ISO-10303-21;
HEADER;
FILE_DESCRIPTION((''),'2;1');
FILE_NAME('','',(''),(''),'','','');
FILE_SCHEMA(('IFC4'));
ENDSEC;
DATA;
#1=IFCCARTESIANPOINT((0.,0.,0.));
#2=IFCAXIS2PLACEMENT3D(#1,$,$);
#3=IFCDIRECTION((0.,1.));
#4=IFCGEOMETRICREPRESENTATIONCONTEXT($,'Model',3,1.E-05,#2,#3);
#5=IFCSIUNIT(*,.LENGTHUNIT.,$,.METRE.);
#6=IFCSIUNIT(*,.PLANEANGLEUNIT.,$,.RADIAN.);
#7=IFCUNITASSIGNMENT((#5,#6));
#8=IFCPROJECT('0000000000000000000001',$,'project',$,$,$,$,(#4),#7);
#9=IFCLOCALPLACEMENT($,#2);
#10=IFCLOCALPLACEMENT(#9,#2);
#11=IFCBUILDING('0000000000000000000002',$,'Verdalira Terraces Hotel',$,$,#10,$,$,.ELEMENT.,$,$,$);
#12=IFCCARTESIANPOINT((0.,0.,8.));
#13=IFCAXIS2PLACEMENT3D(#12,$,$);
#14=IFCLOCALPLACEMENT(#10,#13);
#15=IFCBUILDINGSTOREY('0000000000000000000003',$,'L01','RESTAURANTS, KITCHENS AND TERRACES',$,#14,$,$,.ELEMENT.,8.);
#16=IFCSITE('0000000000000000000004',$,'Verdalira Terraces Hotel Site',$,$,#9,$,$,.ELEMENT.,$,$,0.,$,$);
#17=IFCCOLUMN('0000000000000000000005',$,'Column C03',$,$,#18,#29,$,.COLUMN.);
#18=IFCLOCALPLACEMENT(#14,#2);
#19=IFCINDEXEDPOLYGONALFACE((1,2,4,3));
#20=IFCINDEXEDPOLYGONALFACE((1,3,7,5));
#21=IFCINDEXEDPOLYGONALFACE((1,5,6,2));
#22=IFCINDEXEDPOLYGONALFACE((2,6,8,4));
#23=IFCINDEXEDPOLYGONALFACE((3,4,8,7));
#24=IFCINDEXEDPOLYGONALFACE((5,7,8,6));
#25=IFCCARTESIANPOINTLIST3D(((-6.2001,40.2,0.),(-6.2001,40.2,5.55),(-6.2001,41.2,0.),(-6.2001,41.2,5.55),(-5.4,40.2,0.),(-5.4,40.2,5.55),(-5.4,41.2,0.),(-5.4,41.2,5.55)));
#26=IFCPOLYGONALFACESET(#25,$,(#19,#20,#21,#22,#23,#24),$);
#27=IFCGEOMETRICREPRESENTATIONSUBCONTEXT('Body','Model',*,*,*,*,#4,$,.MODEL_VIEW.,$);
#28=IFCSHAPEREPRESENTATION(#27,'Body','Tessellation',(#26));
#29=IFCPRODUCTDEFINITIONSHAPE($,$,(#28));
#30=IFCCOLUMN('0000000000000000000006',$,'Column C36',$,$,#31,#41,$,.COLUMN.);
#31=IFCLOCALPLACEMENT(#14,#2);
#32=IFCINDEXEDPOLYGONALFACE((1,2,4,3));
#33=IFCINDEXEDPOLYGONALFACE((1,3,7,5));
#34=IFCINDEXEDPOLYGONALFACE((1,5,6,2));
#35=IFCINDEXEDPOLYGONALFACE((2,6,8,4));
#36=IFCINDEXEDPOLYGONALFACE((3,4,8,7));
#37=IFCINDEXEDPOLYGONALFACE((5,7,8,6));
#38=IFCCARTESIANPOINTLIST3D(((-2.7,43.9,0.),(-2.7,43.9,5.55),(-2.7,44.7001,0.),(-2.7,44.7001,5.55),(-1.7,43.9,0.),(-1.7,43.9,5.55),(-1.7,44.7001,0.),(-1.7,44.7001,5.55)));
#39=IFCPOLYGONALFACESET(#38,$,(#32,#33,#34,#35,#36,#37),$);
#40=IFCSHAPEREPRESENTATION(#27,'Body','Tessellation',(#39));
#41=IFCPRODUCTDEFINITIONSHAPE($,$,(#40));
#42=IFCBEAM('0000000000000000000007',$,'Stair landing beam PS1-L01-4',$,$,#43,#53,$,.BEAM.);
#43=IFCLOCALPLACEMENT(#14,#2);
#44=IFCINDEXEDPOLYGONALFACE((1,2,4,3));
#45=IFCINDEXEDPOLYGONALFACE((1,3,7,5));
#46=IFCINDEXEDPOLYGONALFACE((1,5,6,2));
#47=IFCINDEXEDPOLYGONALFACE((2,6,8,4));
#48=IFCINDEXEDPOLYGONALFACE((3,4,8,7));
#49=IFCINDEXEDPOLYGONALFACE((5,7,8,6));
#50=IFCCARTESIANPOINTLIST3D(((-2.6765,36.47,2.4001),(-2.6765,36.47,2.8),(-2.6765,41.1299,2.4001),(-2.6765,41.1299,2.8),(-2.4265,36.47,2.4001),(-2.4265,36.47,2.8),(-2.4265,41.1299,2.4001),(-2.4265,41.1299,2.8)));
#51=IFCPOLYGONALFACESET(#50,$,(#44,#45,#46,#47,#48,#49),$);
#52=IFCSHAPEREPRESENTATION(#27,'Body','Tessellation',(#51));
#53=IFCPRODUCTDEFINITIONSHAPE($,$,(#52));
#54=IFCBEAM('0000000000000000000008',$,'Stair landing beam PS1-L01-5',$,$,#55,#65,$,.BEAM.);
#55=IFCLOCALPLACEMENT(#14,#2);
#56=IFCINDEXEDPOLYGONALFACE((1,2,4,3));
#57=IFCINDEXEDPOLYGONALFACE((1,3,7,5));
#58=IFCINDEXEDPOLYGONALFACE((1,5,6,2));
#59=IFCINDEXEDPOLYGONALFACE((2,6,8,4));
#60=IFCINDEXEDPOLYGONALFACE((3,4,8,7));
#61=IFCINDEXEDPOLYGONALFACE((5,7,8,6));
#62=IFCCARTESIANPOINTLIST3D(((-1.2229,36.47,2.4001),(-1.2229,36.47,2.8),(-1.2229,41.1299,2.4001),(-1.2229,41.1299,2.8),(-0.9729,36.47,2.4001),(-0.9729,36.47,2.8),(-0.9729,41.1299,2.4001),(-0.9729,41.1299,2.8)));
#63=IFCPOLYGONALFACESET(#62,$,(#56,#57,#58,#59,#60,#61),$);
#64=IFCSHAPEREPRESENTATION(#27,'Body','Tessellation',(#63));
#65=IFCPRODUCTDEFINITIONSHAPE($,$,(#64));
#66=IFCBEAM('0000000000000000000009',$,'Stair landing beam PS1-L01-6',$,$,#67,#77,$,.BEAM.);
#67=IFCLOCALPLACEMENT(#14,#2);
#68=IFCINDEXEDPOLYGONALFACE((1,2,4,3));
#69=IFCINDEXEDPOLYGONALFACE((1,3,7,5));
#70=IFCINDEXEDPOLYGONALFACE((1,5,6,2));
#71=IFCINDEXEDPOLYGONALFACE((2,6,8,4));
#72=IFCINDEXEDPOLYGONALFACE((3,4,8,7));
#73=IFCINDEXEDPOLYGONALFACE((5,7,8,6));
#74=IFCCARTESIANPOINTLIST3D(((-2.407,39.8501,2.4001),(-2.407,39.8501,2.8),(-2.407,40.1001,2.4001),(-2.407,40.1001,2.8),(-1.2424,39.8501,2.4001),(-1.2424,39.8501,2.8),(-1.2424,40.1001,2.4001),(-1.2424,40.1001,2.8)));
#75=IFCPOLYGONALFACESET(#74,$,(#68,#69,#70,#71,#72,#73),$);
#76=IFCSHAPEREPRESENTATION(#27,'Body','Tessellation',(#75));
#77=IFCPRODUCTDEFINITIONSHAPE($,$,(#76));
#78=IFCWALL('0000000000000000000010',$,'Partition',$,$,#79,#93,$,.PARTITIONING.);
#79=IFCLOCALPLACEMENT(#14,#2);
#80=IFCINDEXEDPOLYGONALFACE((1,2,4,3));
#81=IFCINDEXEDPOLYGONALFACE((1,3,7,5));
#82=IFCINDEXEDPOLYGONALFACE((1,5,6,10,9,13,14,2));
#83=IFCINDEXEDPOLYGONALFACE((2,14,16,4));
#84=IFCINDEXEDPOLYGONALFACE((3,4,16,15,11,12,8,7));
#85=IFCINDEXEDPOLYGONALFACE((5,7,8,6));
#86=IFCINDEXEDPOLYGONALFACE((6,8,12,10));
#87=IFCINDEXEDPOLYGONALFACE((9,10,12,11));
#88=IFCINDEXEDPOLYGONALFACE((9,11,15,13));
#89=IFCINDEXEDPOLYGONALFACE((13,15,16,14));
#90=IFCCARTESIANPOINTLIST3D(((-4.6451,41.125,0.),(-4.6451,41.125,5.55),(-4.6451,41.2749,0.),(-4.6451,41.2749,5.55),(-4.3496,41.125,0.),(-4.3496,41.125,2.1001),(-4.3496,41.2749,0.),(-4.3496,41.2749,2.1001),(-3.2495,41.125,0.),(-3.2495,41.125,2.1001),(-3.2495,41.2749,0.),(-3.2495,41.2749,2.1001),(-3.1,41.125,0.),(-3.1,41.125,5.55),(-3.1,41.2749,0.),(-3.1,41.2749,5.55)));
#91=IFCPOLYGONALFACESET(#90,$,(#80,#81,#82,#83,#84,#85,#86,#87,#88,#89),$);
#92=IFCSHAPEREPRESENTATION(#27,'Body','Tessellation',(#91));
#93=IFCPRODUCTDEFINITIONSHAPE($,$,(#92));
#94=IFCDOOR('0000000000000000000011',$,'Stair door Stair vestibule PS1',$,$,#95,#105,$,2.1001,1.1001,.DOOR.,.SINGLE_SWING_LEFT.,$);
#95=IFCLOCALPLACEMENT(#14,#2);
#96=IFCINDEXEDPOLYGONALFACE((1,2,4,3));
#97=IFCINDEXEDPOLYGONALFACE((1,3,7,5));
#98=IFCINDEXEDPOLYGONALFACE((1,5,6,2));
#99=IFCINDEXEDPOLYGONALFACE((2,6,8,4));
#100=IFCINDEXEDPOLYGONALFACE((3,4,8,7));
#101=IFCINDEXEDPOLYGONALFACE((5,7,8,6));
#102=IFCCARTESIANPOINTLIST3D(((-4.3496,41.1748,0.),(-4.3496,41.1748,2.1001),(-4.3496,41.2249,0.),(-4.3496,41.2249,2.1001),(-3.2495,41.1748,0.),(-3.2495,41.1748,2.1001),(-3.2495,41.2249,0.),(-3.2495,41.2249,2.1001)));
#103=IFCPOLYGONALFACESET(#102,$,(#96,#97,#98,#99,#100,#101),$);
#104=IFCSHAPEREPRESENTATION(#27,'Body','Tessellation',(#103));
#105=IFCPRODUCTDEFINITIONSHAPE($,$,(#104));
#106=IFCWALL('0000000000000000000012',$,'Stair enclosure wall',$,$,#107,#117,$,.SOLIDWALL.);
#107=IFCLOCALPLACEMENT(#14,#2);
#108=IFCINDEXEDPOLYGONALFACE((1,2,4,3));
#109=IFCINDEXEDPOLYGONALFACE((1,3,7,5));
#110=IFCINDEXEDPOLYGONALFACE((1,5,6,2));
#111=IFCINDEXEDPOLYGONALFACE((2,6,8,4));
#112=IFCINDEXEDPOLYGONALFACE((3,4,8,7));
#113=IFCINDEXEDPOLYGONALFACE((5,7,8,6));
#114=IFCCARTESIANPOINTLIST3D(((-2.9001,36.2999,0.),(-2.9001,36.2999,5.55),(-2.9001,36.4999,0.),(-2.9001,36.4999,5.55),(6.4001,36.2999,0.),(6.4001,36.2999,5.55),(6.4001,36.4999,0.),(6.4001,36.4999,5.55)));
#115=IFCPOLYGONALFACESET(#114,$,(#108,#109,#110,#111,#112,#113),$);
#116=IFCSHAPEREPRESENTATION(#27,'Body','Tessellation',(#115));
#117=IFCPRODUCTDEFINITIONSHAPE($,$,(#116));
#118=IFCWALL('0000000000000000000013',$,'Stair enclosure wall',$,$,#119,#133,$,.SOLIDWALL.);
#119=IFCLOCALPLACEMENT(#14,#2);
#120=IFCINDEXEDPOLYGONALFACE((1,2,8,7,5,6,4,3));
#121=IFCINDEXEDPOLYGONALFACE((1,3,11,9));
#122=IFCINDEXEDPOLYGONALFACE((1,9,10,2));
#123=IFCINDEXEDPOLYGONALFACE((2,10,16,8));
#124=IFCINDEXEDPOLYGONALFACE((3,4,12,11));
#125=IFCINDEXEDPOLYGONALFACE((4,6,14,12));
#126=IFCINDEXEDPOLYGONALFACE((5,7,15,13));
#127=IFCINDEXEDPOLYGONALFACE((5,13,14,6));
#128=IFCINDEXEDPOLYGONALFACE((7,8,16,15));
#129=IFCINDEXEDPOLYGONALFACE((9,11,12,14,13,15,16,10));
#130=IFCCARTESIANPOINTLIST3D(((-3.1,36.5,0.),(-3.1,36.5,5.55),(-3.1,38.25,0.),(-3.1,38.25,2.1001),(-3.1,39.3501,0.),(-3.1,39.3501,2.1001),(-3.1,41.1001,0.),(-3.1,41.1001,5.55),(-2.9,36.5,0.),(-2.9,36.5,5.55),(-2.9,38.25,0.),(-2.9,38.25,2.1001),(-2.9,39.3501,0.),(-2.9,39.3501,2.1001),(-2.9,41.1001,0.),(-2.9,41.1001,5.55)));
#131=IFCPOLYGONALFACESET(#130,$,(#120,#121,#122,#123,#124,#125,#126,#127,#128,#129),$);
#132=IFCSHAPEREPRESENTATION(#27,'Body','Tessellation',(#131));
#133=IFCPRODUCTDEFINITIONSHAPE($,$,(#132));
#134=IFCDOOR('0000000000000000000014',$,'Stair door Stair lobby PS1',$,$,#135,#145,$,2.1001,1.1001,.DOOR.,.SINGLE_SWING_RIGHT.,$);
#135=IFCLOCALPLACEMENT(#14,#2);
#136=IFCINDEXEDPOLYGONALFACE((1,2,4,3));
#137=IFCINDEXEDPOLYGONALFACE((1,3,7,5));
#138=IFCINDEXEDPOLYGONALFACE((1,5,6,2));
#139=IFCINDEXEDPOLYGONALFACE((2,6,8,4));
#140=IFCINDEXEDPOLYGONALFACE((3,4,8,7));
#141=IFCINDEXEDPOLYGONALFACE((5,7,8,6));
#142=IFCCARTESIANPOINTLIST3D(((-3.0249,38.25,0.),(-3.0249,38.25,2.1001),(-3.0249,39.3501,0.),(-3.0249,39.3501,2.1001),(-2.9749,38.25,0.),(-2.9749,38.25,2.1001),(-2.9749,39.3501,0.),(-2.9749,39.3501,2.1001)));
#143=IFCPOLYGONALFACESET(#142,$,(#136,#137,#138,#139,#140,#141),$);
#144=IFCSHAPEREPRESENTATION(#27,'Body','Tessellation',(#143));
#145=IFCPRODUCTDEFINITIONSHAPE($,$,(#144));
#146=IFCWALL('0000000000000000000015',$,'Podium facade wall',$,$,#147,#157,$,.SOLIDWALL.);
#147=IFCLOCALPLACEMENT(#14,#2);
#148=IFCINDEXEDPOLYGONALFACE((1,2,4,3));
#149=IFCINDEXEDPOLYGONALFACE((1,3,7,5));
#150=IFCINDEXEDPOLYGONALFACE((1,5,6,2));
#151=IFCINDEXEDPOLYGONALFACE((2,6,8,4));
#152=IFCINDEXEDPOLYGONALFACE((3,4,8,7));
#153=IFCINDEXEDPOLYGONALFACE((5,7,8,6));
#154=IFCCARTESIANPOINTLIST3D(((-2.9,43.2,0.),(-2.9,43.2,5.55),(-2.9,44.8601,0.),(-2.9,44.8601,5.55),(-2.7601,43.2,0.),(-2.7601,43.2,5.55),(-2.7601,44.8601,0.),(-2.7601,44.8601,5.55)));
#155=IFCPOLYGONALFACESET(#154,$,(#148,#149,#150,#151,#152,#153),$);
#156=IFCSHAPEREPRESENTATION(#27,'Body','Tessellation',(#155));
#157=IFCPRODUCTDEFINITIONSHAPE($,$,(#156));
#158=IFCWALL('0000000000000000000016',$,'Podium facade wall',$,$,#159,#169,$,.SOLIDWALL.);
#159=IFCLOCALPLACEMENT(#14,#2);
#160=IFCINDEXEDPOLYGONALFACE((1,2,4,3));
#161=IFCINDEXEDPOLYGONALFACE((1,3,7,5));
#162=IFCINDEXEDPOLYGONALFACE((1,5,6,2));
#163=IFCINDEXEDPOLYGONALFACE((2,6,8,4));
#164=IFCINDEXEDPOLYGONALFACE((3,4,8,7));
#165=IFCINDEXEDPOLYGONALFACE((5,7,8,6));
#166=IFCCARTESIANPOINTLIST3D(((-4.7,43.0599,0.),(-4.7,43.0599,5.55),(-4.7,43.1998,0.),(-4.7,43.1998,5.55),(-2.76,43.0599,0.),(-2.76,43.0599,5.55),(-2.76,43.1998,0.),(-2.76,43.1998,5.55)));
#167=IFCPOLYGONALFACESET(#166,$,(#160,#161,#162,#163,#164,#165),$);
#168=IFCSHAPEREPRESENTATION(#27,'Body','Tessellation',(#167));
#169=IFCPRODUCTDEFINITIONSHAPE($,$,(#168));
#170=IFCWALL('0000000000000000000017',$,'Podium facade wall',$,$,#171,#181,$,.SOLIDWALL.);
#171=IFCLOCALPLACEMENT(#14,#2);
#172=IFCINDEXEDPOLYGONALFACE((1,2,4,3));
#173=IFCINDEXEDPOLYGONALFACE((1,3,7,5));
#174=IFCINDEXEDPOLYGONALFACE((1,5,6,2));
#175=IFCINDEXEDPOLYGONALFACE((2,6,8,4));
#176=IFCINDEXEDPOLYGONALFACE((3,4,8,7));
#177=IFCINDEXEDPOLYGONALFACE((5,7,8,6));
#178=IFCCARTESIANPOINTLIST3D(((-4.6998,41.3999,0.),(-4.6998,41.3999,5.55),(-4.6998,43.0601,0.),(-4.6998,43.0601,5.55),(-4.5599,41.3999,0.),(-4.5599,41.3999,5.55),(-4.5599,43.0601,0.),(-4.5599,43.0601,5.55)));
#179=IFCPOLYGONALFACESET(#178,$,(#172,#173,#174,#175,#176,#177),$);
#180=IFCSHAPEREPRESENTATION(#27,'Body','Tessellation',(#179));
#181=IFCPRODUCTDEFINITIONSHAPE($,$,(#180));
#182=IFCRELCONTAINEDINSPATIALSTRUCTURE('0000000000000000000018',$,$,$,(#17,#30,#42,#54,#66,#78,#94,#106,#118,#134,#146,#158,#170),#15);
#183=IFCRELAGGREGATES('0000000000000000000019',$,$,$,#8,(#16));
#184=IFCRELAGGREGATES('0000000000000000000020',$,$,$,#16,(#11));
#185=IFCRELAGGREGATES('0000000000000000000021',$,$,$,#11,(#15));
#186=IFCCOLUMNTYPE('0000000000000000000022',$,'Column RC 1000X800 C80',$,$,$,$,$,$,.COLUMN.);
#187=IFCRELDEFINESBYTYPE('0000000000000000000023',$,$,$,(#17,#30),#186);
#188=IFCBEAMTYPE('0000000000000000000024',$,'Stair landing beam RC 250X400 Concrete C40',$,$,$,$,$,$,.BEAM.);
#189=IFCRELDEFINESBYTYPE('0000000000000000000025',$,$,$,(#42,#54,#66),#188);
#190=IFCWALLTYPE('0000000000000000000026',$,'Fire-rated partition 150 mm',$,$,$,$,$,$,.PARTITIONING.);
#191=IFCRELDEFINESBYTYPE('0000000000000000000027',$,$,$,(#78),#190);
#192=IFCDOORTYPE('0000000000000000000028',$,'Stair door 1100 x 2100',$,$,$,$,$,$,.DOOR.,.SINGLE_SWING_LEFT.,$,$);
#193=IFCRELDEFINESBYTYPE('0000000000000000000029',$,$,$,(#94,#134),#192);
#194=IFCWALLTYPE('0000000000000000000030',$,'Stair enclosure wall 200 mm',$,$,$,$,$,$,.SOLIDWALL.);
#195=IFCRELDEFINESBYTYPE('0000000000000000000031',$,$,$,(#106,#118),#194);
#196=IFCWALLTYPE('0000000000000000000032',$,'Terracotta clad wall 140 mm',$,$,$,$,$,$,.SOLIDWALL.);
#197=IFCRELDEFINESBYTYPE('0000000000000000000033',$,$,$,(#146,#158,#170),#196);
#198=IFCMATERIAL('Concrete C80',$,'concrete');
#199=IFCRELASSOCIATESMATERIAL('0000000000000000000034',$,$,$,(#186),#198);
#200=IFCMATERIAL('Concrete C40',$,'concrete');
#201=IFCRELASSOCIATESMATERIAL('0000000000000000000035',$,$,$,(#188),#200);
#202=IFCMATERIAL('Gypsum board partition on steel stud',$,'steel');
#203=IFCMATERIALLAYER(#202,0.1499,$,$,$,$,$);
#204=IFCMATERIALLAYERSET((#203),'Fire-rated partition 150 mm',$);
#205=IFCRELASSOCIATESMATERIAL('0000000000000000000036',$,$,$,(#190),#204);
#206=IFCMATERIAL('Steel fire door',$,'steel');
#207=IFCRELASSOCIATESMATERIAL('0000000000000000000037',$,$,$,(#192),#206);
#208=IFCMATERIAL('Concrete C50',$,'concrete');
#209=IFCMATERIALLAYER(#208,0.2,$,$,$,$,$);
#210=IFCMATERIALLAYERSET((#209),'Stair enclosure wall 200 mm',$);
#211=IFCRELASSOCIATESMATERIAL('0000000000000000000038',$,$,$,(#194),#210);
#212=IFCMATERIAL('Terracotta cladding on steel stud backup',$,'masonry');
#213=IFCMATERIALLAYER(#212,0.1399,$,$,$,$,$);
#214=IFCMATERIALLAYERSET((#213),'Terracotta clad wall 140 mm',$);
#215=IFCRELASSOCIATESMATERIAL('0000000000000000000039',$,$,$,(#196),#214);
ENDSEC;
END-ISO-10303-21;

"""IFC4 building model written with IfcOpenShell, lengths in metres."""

from ifc_helpers import new_model, si_unit, direction, frame, frame_2d, origin, origin_2d, place, context, subcontext, project, spatial, rectangle, extrude, material, layer, layer_set, material_profile, profile_set, type_object, element, fill, save


model = new_model("IFC4")

# Units and contexts
model_context = context("Model", 3, precision=1e-05, world=origin(), true_north=direction((0.0, 1.0)))
body_context = subcontext(model_context, "Body", "Model", "MODEL_VIEW")
ifc_project = project(units=[si_unit("LENGTHUNIT", "METRE"), si_unit("PLANEANGLEUNIT", "RADIAN")], contexts=[model_context])

# Site, building, storey
site_placement = place(None, origin())
site = spatial("IfcSite", under=ifc_project, at=site_placement, Name="Verdalira Terraces Hotel Site", CompositionType="ELEMENT", RefElevation=0.0)
building_placement = place(site_placement, origin())
building = spatial("IfcBuilding", under=site, at=building_placement, Name="Verdalira Terraces Hotel", CompositionType="ELEMENT")
storey_placement = place(building_placement, frame((0.0, 0.0, 8.0)))
storey = spatial("IfcBuildingStorey", under=building, at=storey_placement, Name="L01", Description="RESTAURANTS, KITCHENS AND TERRACES", CompositionType="ELEMENT", Elevation=8.0)

# Columns
ifc_material_1 = material(Name="Concrete C80", Category="concrete")
ifc_material_profile_1 = material_profile(ifc_material_1, rectangle(XDim=1.0, YDim=0.8, at=origin_2d()), Name="RC 1000X800")
ifc_profile_set_1 = profile_set([ifc_material_profile_1], Name="Concrete C80")
column_type = type_object("IfcColumnType", Name="Column RC 1000X800 C80", PredefinedType="COLUMN", material=ifc_profile_set_1)
for number, where, z_axis, x_axis, name in (
    (1, (-5.8, 40.7, 0.0), (0.0, 0.0, 1.0), (0.0, -1.0, 0.0), "Column C03"),
    (2, (-2.2, 44.3, 0.0), (0.0, 0.0, 1.0), (-1.0, 0.0, 0.0), "Column C36"),
):
    element("IfcColumn", number, at=place(storey_placement, frame(where, z_axis=z_axis, x_axis=x_axis)), inside=storey, type_object=column_type, Name=name, PredefinedType="COLUMN", context=body_context, shape_type="SweptSolid", body=[
        extrude(rectangle(XDim=1.0, YDim=0.8, at=origin_2d()), origin(), (0.0, 0.0, 1.0), 5.55),
    ])

# Beams
ifc_material_2 = material(Name="Concrete C40", Category="concrete")
ifc_material_profile_2 = material_profile(ifc_material_2, rectangle(XDim=0.25, YDim=0.3999, at=origin_2d()), Name="RC 250X400")
ifc_profile_set_2 = profile_set([ifc_material_profile_2], Name="Concrete C40")
beam_type = type_object("IfcBeamType", Name="Stair landing beam RC 250X400 Concrete C40", PredefinedType="BEAM", material=ifc_profile_set_2)
for number, where, z_axis, x_axis, name in (
    (3, (-2.5515, 36.47, 2.6001), (0.0, 1.0, 0.0), (-1.0, 0.0, 0.0), "Stair landing beam PS1-L01-4"),
    (4, (-1.0979, 36.47, 2.6001), (0.0, 1.0, 0.0), (-1.0, 0.0, 0.0), "Stair landing beam PS1-L01-5"),
):
    element("IfcBeam", number, at=place(storey_placement, frame(where, z_axis=z_axis, x_axis=x_axis)), inside=storey, type_object=beam_type, Name=name, PredefinedType="BEAM", context=body_context, shape_type="SweptSolid", body=[
        extrude(rectangle(XDim=0.25, YDim=0.3999, at=origin_2d()), origin(), (0.0, 0.0, 1.0), 4.6599),
    ])
beam_placement = place(storey_placement, frame((-2.407, 39.9751, 2.6001), z_axis=(1.0, 0.0, 0.0), x_axis=(0.0, 1.0, 0.0)))
element("IfcBeam", 5, at=beam_placement, inside=storey, type_object=beam_type, Name="Stair landing beam PS1-L01-6", PredefinedType="BEAM", context=body_context, shape_type="SweptSolid", body=[
    extrude(rectangle(XDim=0.25, YDim=0.3999, at=origin_2d()), origin(), (0.0, 0.0, 1.0), 1.1646),
])

# Wall, opening, door
ifc_material_3 = material(Name="Gypsum board partition on steel stud", Category="steel")
ifc_layer_1 = layer(ifc_material_3, 0.1499)
ifc_layer_set_1 = layer_set([ifc_layer_1], Name="Fire-rated partition 150 mm")
wall_type_1 = type_object("IfcWallType", Name="Fire-rated partition 150 mm", PredefinedType="PARTITIONING", material=ifc_layer_set_1)
wall_1_placement = place(storey_placement, frame((-4.645, 41.2, 0.0), z_axis=(0.0, 0.0, 1.0), x_axis=(1.0, 0.0, 0.0)))
wall_1 = element("IfcWall", 6, at=wall_1_placement, inside=storey, type_object=wall_type_1, Name="Partition", PredefinedType="PARTITIONING", context=body_context, shape_type="SweptSolid", body=[
    extrude(rectangle(XDim=1.5452, YDim=0.1499, at=frame_2d((0.7725, 0.0))), origin(), (0.0, 0.0, 1.0), 5.55),
])
opening_1_placement = place(wall_1_placement, frame((0.2954, 0.0, 0.0)))
opening_1 = element("IfcOpeningElement", 7, at=opening_1_placement, cuts=wall_1, PredefinedType="OPENING", context=body_context, shape_type="SweptSolid", body=[
    extrude(rectangle(XDim=1.1001, YDim=2.1001, at=frame_2d((0.55, 1.05))), frame((0.0, 0.085, 0.0), z_axis=(0.0, -1.0, 0.0), x_axis=(1.0, 0.0, 0.0)), (0.0, 0.0, 1.0), 0.1699),
])
ifc_material_4 = material(Name="Steel fire door", Category="steel")
door_type = type_object("IfcDoorType", Name="Stair door 1100 x 2100", OperationType="SINGLE_SWING_LEFT", PredefinedType="DOOR", material=ifc_material_4)
door_1_placement = place(opening_1_placement, origin())
door_1 = element("IfcDoor", 8, at=door_1_placement, inside=storey, type_object=door_type, Name="Stair door Stair vestibule PS1", OperationType="SINGLE_SWING_LEFT", OverallHeight=2.1001, OverallWidth=1.1001, PredefinedType="DOOR", context=body_context, shape_type="SweptSolid", body=[
    extrude(rectangle(XDim=1.1001, YDim=2.1001, at=frame_2d((0.55, 1.05))), frame((0.0, 0.0249, 0.0), z_axis=(0.0, -1.0, 0.0), x_axis=(1.0, 0.0, 0.0)), (0.0, 0.0, 1.0), 0.05),
])
fill(opening_1, door_1)

# Wall
ifc_material_5 = material(Name="Concrete C50", Category="concrete")
ifc_layer_2 = layer(ifc_material_5, 0.2)
ifc_layer_set_2 = layer_set([ifc_layer_2], Name="Stair enclosure wall 200 mm")
wall_type_2 = type_object("IfcWallType", Name="Stair enclosure wall 200 mm", PredefinedType="SOLIDWALL", material=ifc_layer_set_2)
wall_2_placement = place(storey_placement, frame((-2.9001, 36.3999, 0.0), z_axis=(0.0, 0.0, 1.0), x_axis=(1.0, 0.0, 0.0)))
element("IfcWall", 9, at=wall_2_placement, inside=storey, type_object=wall_type_2, Name="Stair enclosure wall", PredefinedType="SOLIDWALL", context=body_context, shape_type="SweptSolid", body=[
    extrude(rectangle(XDim=9.3003, YDim=0.2, at=frame_2d((4.6501, 0.0))), origin(), (0.0, 0.0, 1.0), 5.55),
])

# Wall, opening, door
wall_3_placement = place(storey_placement, frame((-3.0, 36.5, 0.0), z_axis=(0.0, 0.0, 1.0), x_axis=(0.0, 1.0, 0.0)))
wall_3 = element("IfcWall", 10, at=wall_3_placement, inside=storey, type_object=wall_type_2, Name="Stair enclosure wall", PredefinedType="SOLIDWALL", context=body_context, shape_type="SweptSolid", body=[
    extrude(rectangle(XDim=4.6001, YDim=0.2, at=frame_2d((2.3, 0.0))), origin(), (0.0, 0.0, 1.0), 5.55),
])
opening_2_placement = place(wall_3_placement, frame((1.75, 0.0, 0.0)))
opening_2 = element("IfcOpeningElement", 11, at=opening_2_placement, cuts=wall_3, PredefinedType="OPENING", context=body_context, shape_type="SweptSolid", body=[
    extrude(rectangle(XDim=1.1001, YDim=2.1001, at=frame_2d((0.55, 1.05))), frame((0.0, 0.1099, 0.0), z_axis=(0.0, -1.0, 0.0), x_axis=(1.0, 0.0, 0.0)), (0.0, 0.0, 1.0), 0.22),
])
door_2_placement = place(opening_2_placement, origin())
door_2 = element("IfcDoor", 12, at=door_2_placement, inside=storey, type_object=door_type, Name="Stair door Stair lobby PS1", OperationType="SINGLE_SWING_RIGHT", OverallHeight=2.1001, OverallWidth=1.1001, PredefinedType="DOOR", context=body_context, shape_type="SweptSolid", body=[
    extrude(rectangle(XDim=1.1001, YDim=2.1001, at=frame_2d((0.55, 1.05))), frame((0.0, 0.0249, 0.0), z_axis=(0.0, -1.0, 0.0), x_axis=(1.0, 0.0, 0.0)), (0.0, 0.0, 1.0), 0.05),
])
fill(opening_2, door_2)

# Walls
ifc_material_6 = material(Name="Terracotta cladding on steel stud backup", Category="masonry")
ifc_layer_3 = layer(ifc_material_6, 0.1399)
ifc_layer_set_3 = layer_set([ifc_layer_3], Name="Terracotta clad wall 140 mm")
wall_type_3 = type_object("IfcWallType", Name="Terracotta clad wall 140 mm", PredefinedType="SOLIDWALL", material=ifc_layer_set_3)
wall_4_placement = place(storey_placement, frame((-2.8301, 44.8601, 0.0), z_axis=(0.0, 0.0, 1.0), x_axis=(0.0, -1.0, 0.0)))
element("IfcWall", 13, at=wall_4_placement, inside=storey, type_object=wall_type_3, Name="Podium facade wall", PredefinedType="SOLIDWALL", context=body_context, shape_type="SweptSolid", body=[
    extrude(rectangle(XDim=1.6602, YDim=0.1399, at=frame_2d((0.8301, 0.0))), origin(), (0.0, 0.0, 1.0), 5.55),
])
wall_5_placement = place(storey_placement, frame((-2.76, 43.1299, 0.0), z_axis=(0.0, 0.0, 1.0), x_axis=(-1.0, 0.0, 0.0)))
element("IfcWall", 14, at=wall_5_placement, inside=storey, type_object=wall_type_3, Name="Podium facade wall", PredefinedType="SOLIDWALL", context=body_context, shape_type="SweptSolid", body=[
    extrude(rectangle(XDim=1.9399, YDim=0.1399, at=frame_2d((0.97, 0.0))), origin(), (0.0, 0.0, 1.0), 5.55),
])
wall_6_placement = place(storey_placement, frame((-4.6299, 43.0601, 0.0), z_axis=(0.0, 0.0, 1.0), x_axis=(0.0, -1.0, 0.0)))
element("IfcWall", 15, at=wall_6_placement, inside=storey, type_object=wall_type_3, Name="Podium facade wall", PredefinedType="SOLIDWALL", context=body_context, shape_type="SweptSolid", body=[
    extrude(rectangle(XDim=1.6602, YDim=0.1399, at=frame_2d((0.8301, 0.0))), origin(), (0.0, 0.0, 1.0), 5.55),
])

save(model, "model.ifc")
